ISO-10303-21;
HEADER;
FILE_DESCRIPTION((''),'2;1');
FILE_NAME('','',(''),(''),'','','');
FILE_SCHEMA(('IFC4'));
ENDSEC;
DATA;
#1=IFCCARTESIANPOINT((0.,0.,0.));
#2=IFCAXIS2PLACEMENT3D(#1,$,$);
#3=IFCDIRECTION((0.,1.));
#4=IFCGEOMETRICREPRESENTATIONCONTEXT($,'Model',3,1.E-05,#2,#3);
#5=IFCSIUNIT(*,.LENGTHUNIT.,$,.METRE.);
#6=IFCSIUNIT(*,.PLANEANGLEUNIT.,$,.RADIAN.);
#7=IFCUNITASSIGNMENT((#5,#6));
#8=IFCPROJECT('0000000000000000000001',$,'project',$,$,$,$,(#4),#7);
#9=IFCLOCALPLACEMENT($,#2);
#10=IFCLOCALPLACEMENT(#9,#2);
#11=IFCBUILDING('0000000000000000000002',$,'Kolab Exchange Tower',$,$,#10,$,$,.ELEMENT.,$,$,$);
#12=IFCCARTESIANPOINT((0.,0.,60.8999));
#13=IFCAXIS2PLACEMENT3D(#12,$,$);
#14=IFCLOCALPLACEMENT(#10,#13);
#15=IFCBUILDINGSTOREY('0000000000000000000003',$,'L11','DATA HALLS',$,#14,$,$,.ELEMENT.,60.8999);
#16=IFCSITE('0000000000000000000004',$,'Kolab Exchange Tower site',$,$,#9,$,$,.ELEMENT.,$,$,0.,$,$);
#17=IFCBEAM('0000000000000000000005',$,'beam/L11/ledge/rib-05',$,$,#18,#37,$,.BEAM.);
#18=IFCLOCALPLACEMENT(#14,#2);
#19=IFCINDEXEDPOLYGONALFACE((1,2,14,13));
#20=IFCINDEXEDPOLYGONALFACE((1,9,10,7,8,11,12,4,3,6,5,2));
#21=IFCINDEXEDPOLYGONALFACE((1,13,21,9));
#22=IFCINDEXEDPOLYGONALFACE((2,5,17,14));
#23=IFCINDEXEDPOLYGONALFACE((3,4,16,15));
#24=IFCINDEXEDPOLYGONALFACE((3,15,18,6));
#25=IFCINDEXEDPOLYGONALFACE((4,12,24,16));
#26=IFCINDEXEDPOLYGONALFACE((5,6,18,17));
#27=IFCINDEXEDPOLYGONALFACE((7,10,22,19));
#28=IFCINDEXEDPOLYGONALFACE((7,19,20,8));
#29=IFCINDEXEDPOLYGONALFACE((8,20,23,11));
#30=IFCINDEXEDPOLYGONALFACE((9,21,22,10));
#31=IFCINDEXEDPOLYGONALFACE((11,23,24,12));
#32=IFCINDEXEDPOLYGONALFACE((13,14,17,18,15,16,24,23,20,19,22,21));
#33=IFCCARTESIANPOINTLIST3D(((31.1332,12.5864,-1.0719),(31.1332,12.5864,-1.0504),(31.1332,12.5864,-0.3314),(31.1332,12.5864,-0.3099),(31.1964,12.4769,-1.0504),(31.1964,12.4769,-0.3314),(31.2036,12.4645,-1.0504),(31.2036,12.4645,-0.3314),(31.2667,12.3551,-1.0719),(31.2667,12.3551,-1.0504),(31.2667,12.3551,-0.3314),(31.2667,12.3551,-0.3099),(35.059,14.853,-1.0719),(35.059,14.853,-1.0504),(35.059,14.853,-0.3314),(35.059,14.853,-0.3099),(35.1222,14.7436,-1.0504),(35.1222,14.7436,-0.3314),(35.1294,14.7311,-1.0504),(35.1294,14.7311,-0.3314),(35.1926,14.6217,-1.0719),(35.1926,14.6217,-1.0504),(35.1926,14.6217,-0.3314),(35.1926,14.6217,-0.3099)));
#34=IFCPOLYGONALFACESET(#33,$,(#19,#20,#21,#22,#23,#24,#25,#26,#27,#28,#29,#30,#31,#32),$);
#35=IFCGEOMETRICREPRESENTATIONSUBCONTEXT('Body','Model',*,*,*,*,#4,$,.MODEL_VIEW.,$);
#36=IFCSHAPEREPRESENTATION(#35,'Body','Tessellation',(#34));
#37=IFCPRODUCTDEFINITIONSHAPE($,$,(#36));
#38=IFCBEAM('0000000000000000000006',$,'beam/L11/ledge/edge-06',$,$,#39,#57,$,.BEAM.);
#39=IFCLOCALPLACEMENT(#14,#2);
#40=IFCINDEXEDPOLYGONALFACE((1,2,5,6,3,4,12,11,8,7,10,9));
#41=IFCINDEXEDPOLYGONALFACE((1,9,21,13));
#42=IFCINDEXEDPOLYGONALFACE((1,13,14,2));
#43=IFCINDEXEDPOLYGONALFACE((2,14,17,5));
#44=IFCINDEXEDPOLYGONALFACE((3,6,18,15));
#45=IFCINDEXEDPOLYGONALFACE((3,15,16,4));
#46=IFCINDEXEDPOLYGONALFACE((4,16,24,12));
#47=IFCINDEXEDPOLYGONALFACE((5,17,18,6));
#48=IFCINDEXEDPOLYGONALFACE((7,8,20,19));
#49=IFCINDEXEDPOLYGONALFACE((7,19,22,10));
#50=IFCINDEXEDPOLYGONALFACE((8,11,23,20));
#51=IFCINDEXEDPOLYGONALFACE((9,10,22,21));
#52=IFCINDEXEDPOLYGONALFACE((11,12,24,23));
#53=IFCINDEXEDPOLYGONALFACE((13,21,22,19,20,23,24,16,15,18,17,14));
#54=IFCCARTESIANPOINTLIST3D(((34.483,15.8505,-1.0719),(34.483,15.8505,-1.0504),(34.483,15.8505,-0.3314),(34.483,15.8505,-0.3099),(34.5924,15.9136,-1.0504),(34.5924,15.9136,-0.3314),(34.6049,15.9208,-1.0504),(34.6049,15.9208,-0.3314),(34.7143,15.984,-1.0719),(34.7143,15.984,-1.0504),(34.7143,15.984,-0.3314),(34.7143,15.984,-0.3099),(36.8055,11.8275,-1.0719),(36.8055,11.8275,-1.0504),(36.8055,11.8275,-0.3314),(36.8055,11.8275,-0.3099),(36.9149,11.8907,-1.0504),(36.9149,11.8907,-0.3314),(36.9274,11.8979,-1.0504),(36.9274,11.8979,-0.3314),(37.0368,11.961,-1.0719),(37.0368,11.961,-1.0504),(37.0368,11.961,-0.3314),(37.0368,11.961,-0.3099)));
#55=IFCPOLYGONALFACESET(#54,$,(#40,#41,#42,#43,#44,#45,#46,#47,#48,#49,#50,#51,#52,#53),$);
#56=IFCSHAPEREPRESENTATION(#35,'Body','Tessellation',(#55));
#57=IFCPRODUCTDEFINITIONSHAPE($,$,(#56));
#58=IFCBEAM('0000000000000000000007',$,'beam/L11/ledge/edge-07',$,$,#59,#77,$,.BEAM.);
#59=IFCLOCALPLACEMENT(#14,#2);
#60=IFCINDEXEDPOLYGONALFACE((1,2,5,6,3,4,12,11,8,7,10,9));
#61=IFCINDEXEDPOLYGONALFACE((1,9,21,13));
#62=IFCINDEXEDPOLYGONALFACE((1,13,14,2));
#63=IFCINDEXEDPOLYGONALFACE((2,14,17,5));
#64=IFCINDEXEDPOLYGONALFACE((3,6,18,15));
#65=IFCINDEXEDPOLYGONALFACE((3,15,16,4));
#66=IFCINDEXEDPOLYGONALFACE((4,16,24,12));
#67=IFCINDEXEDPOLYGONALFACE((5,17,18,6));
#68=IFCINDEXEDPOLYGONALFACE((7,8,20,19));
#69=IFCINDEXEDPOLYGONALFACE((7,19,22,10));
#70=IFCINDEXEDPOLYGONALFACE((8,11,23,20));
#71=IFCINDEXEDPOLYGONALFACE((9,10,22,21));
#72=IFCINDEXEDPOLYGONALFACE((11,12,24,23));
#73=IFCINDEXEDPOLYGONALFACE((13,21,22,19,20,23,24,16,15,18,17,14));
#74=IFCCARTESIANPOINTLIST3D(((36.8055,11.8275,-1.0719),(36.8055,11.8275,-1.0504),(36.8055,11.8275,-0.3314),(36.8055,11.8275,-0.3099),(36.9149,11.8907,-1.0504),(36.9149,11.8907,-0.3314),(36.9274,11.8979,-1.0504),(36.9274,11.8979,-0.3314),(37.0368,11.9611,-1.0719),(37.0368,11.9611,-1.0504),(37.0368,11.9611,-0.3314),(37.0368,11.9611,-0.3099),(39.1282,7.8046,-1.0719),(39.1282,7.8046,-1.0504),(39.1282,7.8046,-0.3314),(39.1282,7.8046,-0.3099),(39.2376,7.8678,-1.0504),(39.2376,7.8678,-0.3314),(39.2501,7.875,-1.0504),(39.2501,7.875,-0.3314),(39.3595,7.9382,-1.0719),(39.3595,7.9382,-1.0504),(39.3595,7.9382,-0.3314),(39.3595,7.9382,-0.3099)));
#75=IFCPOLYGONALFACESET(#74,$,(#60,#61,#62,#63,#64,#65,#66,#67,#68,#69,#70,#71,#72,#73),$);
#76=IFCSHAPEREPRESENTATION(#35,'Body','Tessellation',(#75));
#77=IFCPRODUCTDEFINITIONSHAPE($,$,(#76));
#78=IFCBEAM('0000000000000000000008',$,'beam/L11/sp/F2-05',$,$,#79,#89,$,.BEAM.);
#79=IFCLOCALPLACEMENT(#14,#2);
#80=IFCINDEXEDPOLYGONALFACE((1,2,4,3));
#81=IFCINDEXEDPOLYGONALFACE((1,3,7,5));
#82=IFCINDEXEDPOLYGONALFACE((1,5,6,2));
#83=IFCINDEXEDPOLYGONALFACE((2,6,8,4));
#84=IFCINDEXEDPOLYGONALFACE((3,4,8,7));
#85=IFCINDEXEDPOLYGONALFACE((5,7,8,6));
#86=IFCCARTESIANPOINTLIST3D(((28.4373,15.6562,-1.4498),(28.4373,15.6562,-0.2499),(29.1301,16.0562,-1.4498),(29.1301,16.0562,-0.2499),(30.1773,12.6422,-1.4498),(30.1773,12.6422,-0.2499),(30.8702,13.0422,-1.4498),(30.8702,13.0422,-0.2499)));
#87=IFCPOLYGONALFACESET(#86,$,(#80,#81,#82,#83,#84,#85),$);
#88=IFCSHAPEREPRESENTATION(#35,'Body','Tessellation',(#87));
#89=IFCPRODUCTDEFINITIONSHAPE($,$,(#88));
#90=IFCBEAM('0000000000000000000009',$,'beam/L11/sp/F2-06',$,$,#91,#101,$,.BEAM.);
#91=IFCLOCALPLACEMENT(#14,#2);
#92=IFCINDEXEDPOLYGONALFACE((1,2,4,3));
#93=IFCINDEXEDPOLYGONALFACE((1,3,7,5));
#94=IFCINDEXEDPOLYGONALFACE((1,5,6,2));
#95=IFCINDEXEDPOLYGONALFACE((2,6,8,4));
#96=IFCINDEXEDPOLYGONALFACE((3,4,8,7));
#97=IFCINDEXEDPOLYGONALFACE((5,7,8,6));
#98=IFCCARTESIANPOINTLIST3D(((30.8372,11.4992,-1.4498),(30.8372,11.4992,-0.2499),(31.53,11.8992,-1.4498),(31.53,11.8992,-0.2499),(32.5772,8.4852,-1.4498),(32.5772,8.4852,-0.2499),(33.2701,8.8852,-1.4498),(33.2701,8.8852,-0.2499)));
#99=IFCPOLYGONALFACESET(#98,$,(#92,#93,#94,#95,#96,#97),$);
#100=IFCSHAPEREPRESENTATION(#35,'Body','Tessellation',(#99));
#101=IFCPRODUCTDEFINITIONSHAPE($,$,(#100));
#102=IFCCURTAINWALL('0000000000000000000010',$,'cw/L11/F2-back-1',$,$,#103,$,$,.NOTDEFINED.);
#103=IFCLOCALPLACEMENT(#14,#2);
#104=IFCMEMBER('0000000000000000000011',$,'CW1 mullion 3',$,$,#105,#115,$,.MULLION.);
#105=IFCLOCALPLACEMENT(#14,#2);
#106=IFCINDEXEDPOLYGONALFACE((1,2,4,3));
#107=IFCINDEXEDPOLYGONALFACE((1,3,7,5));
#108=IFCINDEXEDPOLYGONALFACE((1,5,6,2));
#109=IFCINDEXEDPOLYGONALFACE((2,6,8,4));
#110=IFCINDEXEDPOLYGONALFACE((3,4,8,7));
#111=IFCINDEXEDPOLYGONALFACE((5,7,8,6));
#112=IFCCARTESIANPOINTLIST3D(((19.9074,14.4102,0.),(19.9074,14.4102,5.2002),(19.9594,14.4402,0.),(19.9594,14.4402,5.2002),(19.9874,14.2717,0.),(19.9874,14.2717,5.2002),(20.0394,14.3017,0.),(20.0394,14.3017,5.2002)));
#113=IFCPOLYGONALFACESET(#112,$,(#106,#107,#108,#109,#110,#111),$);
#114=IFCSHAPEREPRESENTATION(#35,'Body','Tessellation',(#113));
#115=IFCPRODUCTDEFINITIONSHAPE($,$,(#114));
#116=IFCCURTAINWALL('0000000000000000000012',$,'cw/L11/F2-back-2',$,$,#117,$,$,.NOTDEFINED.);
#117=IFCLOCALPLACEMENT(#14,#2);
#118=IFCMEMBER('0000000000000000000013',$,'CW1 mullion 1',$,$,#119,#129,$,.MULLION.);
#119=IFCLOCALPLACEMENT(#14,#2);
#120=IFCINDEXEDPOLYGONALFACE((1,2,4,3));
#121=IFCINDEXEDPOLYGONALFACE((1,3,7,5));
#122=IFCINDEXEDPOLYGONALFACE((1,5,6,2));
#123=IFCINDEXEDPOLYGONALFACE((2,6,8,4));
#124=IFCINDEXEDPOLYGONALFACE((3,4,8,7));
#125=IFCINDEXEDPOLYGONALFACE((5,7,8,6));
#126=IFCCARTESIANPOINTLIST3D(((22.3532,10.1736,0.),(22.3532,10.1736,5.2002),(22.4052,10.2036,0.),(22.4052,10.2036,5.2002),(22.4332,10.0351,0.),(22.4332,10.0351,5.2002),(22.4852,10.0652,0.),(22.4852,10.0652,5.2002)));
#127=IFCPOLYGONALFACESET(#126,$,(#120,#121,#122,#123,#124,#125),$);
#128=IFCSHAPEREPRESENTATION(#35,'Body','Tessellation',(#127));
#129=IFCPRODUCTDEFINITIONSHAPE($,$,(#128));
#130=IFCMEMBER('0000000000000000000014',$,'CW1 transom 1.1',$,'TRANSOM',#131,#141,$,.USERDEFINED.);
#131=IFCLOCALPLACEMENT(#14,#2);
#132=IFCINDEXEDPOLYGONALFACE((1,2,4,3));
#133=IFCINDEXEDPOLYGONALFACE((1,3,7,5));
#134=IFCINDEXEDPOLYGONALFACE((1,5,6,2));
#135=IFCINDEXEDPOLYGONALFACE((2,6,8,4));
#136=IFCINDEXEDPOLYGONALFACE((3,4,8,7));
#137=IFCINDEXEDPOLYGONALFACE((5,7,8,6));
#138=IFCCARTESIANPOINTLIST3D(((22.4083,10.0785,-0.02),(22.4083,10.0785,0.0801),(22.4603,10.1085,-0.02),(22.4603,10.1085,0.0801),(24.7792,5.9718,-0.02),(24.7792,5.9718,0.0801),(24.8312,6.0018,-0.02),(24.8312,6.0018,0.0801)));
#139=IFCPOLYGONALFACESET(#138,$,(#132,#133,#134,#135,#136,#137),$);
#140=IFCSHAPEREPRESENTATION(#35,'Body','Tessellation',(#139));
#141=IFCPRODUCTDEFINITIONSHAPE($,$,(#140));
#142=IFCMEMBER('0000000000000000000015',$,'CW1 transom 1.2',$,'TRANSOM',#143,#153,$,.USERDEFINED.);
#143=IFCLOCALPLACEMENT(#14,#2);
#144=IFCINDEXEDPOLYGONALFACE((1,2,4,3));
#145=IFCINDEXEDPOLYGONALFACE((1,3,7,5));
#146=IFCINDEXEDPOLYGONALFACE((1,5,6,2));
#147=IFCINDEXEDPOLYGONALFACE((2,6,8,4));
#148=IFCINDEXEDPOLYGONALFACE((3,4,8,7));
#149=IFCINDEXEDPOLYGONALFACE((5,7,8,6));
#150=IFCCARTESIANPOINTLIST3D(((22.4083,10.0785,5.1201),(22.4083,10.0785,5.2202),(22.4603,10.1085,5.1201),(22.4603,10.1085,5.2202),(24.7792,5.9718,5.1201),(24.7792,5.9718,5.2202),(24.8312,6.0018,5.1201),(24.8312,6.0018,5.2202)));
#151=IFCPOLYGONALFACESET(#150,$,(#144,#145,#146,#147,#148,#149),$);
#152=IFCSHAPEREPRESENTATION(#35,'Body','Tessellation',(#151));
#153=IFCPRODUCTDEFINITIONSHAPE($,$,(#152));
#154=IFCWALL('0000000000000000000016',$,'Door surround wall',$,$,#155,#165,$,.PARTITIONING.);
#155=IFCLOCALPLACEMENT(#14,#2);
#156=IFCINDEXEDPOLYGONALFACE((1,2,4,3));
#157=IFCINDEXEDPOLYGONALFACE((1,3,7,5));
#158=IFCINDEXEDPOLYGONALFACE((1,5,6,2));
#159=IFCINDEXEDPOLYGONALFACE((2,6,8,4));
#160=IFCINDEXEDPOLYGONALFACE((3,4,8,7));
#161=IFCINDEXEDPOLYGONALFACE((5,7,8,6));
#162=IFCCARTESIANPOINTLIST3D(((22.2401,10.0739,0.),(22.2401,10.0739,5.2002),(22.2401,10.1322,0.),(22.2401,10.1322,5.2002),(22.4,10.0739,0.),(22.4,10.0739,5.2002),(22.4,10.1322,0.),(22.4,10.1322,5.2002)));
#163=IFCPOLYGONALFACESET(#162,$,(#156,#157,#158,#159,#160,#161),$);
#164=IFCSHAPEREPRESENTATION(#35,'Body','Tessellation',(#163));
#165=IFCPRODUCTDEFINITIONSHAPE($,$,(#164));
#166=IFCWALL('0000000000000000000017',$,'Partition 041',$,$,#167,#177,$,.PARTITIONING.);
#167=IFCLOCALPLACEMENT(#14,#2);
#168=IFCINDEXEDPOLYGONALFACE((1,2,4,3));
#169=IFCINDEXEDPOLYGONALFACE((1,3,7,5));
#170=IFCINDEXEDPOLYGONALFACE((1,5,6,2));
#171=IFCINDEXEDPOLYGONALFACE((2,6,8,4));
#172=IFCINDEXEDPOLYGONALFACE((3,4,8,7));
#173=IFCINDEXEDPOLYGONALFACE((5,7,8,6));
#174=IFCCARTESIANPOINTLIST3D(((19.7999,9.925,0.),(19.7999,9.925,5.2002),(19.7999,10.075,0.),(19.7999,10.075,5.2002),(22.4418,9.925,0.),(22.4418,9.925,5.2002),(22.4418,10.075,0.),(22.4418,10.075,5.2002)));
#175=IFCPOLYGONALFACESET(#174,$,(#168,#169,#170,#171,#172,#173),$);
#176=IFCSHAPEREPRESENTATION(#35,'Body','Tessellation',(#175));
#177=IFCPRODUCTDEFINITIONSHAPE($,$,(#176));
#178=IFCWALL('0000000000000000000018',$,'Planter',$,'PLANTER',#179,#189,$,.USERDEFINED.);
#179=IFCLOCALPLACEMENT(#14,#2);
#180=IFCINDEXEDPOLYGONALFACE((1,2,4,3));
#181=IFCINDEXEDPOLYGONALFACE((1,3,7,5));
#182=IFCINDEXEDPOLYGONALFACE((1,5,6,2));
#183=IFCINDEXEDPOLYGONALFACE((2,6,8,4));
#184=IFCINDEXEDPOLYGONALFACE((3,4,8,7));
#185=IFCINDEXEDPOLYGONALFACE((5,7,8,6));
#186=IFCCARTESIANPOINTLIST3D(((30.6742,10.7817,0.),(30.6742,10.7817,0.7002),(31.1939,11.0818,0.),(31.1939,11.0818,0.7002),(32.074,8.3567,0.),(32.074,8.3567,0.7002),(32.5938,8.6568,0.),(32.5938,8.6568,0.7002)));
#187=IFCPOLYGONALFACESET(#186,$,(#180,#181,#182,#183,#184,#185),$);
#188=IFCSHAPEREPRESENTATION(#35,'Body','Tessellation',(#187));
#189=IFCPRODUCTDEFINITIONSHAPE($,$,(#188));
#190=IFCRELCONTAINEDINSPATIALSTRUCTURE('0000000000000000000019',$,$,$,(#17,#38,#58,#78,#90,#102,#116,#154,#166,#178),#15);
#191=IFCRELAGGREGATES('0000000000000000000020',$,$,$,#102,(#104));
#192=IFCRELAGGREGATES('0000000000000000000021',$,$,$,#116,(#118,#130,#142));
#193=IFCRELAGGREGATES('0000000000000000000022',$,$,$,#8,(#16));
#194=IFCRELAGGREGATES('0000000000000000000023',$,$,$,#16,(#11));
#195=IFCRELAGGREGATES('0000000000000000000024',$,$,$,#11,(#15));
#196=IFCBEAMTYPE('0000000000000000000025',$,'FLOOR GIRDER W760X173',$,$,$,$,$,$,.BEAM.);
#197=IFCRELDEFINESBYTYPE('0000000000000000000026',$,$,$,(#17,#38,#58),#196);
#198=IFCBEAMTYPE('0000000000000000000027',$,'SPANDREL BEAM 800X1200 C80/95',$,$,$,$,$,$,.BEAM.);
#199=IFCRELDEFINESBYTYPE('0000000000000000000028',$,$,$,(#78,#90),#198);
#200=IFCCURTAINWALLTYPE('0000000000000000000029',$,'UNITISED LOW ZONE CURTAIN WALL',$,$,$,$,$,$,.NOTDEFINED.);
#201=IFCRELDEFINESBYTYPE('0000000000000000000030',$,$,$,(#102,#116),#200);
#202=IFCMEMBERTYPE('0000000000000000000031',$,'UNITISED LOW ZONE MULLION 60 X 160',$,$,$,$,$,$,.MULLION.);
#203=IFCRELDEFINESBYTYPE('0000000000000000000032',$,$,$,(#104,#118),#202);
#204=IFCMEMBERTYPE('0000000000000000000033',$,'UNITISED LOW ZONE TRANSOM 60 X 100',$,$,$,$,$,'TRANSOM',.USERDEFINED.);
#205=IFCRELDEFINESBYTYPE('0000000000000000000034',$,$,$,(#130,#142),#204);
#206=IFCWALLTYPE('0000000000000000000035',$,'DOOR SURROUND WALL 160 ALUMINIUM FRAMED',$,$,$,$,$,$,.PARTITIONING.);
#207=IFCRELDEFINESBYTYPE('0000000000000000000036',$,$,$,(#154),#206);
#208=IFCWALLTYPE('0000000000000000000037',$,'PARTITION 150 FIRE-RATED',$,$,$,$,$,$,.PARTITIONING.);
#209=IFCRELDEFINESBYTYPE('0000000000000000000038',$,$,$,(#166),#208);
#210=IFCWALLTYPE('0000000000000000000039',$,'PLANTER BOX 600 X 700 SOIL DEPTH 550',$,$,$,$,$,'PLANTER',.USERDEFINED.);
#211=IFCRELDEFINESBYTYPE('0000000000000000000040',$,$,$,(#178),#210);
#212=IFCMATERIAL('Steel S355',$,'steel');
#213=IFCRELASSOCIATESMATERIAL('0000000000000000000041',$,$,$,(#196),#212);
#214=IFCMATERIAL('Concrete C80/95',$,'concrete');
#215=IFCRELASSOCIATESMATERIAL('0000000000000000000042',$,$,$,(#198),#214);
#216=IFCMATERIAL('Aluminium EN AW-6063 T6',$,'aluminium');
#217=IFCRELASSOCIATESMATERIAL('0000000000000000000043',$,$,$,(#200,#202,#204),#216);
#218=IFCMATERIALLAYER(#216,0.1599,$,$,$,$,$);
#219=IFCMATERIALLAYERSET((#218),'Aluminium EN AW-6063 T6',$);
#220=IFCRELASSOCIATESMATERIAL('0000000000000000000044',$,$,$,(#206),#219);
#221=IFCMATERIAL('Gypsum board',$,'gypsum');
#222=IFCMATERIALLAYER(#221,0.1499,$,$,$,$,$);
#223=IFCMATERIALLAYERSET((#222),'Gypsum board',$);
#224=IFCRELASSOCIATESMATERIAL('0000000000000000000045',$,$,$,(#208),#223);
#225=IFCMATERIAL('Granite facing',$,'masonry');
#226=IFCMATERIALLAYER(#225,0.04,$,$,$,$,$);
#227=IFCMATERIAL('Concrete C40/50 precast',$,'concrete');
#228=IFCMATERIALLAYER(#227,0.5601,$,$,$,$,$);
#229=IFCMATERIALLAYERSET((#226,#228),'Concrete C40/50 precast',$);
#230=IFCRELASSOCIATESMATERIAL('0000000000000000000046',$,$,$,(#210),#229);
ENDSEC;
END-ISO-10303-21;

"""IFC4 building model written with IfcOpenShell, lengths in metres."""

from ifc_helpers import new_model, si_unit, direction, frame, frame_2d, origin, origin_2d, place, context, subcontext, project, spatial, rectangle, i_section, extrude, material, layer, layer_set, material_profile, profile_set, type_object, element, aggregate, save


model = new_model("IFC4")

# Units and contexts
model_context = context("Model", 3, precision=1e-05, world=origin(), true_north=direction((0.0, 1.0)))
body_context = subcontext(model_context, "Body", "Model", "MODEL_VIEW")
ifc_project = project(units=[si_unit("LENGTHUNIT", "METRE"), si_unit("PLANEANGLEUNIT", "RADIAN")], contexts=[model_context])

# Site, building, storey
site_placement = place(None, origin())
site = spatial("IfcSite", under=ifc_project, at=site_placement, Name="Kolab Exchange Tower site", CompositionType="ELEMENT", RefElevation=0.0)
building_placement = place(site_placement, origin())
building = spatial("IfcBuilding", under=site, at=building_placement, Name="Kolab Exchange Tower", CompositionType="ELEMENT")
storey_placement = place(building_placement, frame((0.0, 0.0, 60.8999)))
storey = spatial("IfcBuildingStorey", under=building, at=storey_placement, Name="L11", Description="DATA HALLS", CompositionType="ELEMENT", Elevation=60.8999)

# Shared definitions
ifc_material_1 = material(Name="Concrete C80/95", Category="concrete")

# Beams
ifc_material_2 = material(Name="Steel S355", Category="steel")
ifc_material_profile_1 = material_profile(ifc_material_2, i_section(OverallWidth=0.2671, OverallDepth=0.762, WebThickness=0.0144, FlangeThickness=0.0215, at=origin_2d()), Name="W760X173")
ifc_profile_set_1 = profile_set([ifc_material_profile_1], Name="Steel S355")
beam_type_1 = type_object("IfcBeamType", Name="FLOOR GIRDER W760X173", PredefinedType="BEAM", material=ifc_profile_set_1)
beam_1_placement = place(storey_placement, frame((31.2, 12.4707, -0.6909), z_axis=(0.866021, 0.500008, 0.0), x_axis=(-0.500008, 0.866021, 0.0)))
element("IfcBeam", 1, at=beam_1_placement, inside=storey, type_object=beam_type_1, Name="beam/L11/ledge/rib-05", PredefinedType="BEAM", context=body_context, shape_type="SweptSolid", body=[
    extrude(i_section(OverallWidth=0.2671, OverallDepth=0.762, WebThickness=0.0144, FlangeThickness=0.0215, at=origin_2d()), origin(), (0.0, 0.0, 1.0), 4.5332),
])
for number, where, z_axis, x_axis, name in (
    (2, (34.5986, 15.9172, -0.6909), (0.499977, -0.866039, 0.0), (0.866039, 0.499977, 0.0), "beam/L11/ledge/edge-06"),
    (3, (36.9211, 11.8943, -0.6909), (0.500017, -0.866016, 0.0), (0.866016, 0.500017, 0.0), "beam/L11/ledge/edge-07"),
):
    element("IfcBeam", number, at=place(storey_placement, frame(where, z_axis=z_axis, x_axis=x_axis)), inside=storey, type_object=beam_type_1, Name=name, PredefinedType="BEAM", context=body_context, shape_type="SweptSolid", body=[
        extrude(i_section(OverallWidth=0.2671, OverallDepth=0.762, WebThickness=0.0144, FlangeThickness=0.0215, at=origin_2d()), origin(), (0.0, 0.0, 1.0), 4.6453),
    ])
ifc_material_profile_2 = material_profile(ifc_material_1, rectangle(XDim=0.8, YDim=1.2, at=origin_2d()), Name="RC800X1200")
ifc_profile_set_2 = profile_set([ifc_material_profile_2], Name="Concrete C80/95")
beam_type_2 = type_object("IfcBeamType", Name="SPANDREL BEAM 800X1200 C80/95", PredefinedType="BEAM", material=ifc_profile_set_2)
for number, where, z_axis, x_axis, name in (
    (4, (28.7837, 15.8562, -0.8499), (0.49998, -0.866037, 0.0), (0.866037, 0.49998, 0.0), "beam/L11/sp/F2-05"),
    (5, (31.1836, 11.6992, -0.8499), (0.49998, -0.866037, 0.0), (0.866037, 0.49998, 0.0), "beam/L11/sp/F2-06"),
):
    element("IfcBeam", number, at=place(storey_placement, frame(where, z_axis=z_axis, x_axis=x_axis)), inside=storey, type_object=beam_type_2, Name=name, PredefinedType="BEAM", context=body_context, shape_type="SweptSolid", body=[
        extrude(rectangle(XDim=0.8, YDim=1.2, at=origin_2d()), origin(), (0.0, 0.0, 1.0), 3.4802),
    ])

# Curtain wall, member
ifc_material_3 = material(Name="Aluminium EN AW-6063 T6", Category="aluminium")
curtain_wall_type = type_object("IfcCurtainWallType", Name="UNITISED LOW ZONE CURTAIN WALL", PredefinedType="NOTDEFINED", material=ifc_material_3)
curtain_wall_1_placement = place(storey_placement, origin())
curtain_wall_1 = element("IfcCurtainWall", 6, at=curtain_wall_1_placement, inside=storey, type_object=curtain_wall_type, Name="cw/L11/F2-back-1", PredefinedType="NOTDEFINED")
ifc_material_profile_3 = material_profile(ifc_material_3, rectangle(XDim=0.0601, YDim=0.1599, at=origin_2d()), Name="RECT 60X160")
ifc_profile_set_3 = profile_set([ifc_material_profile_3], Name="Aluminium EN AW-6063 T6")
member_type_1 = type_object("IfcMemberType", Name="UNITISED LOW ZONE MULLION 60 X 160", PredefinedType="MULLION", material=ifc_profile_set_3)
member_1_placement = place(storey_placement, frame((19.9734, 14.356, 0.0), z_axis=(0.0, 0.0, 1.0), x_axis=(0.866025, 0.5, 0.0)))
member_1 = element("IfcMember", 7, at=member_1_placement, type_object=member_type_1, Name="CW1 mullion 3", PredefinedType="MULLION", context=body_context, shape_type="SweptSolid", body=[
    extrude(rectangle(XDim=0.0601, YDim=0.1599, at=origin_2d()), origin(), (0.0, 0.0, 1.0), 5.2002),
])
aggregate(curtain_wall_1, [member_1])

# Curtain wall, members
curtain_wall_2_placement = place(storey_placement, origin())
curtain_wall_2 = element("IfcCurtainWall", 8, at=curtain_wall_2_placement, inside=storey, type_object=curtain_wall_type, Name="cw/L11/F2-back-2", PredefinedType="NOTDEFINED")
member_2_placement = place(storey_placement, frame((22.4192, 10.1194, 0.0), z_axis=(0.0, 0.0, 1.0), x_axis=(0.866025, 0.5, 0.0)))
member_2 = element("IfcMember", 9, at=member_2_placement, type_object=member_type_1, Name="CW1 mullion 1", PredefinedType="MULLION", context=body_context, shape_type="SweptSolid", body=[
    extrude(rectangle(XDim=0.0601, YDim=0.1599, at=origin_2d()), origin(), (0.0, 0.0, 1.0), 5.2002),
])
ifc_material_profile_4 = material_profile(ifc_material_3, rectangle(XDim=0.0601, YDim=0.1001, at=origin_2d()), Name="RECT 60X100")
ifc_profile_set_4 = profile_set([ifc_material_profile_4], Name="Aluminium EN AW-6063 T6")
member_type_2 = type_object("IfcMemberType", Name="UNITISED LOW ZONE TRANSOM 60 X 100", ElementType="TRANSOM", PredefinedType="USERDEFINED", material=ifc_profile_set_4)
member_3_placement = place(storey_placement, frame((22.4343, 10.0935, 0.03), z_axis=(0.499976, -0.866039, 0.0), x_axis=(0.866039, 0.499976, 0.0)))
member_3 = element("IfcMember", 10, at=member_3_placement, type_object=member_type_2, Name="CW1 transom 1.1", ObjectType="TRANSOM", PredefinedType="USERDEFINED", context=body_context, shape_type="SweptSolid", body=[
    extrude(rectangle(XDim=0.0601, YDim=0.1001, at=origin_2d()), origin(), (0.0, 0.0, 1.0), 4.7419),
])
member_4_placement = place(storey_placement, frame((22.4343, 10.0935, 5.1702), z_axis=(0.499976, -0.866039, 0.0), x_axis=(0.866039, 0.499976, 0.0)))
member_4 = element("IfcMember", 11, at=member_4_placement, type_object=member_type_2, Name="CW1 transom 1.2", ObjectType="TRANSOM", PredefinedType="USERDEFINED", context=body_context, shape_type="SweptSolid", body=[
    extrude(rectangle(XDim=0.0601, YDim=0.1001, at=origin_2d()), origin(), (0.0, 0.0, 1.0), 4.7419),
])
aggregate(curtain_wall_2, [member_2, member_3, member_4])

# Shared definitions
ifc_layer_1 = layer(ifc_material_3, 0.1599)
ifc_layer_set_1 = layer_set([ifc_layer_1], Name="Aluminium EN AW-6063 T6")
wall_type_1 = type_object("IfcWallType", Name="DOOR SURROUND WALL 160 ALUMINIUM FRAMED", PredefinedType="PARTITIONING", material=ifc_layer_set_1)

# Walls
wall_1_placement = place(storey_placement, frame((22.3201, 10.1323, 0.0), z_axis=(0.0, 0.0, 1.0), x_axis=(0.0, -1.0, 0.0)))
element("IfcWall", 12, at=wall_1_placement, inside=storey, type_object=wall_type_1, Name="Door surround wall", PredefinedType="PARTITIONING", context=body_context, shape_type="SweptSolid", body=[
    extrude(rectangle(XDim=0.0583, YDim=0.1599, at=frame_2d((0.0293, 0.0))), origin(), (0.0, 0.0, 1.0), 5.2002),
])
ifc_material_4 = material(Name="Gypsum board", Category="gypsum")
ifc_layer_2 = layer(ifc_material_4, 0.1499)
ifc_layer_set_2 = layer_set([ifc_layer_2], Name="Gypsum board")
wall_type_2 = type_object("IfcWallType", Name="PARTITION 150 FIRE-RATED", PredefinedType="PARTITIONING", material=ifc_layer_set_2)
wall_2_placement = place(storey_placement, frame((19.8, 10.0, 0.0), z_axis=(0.0, 0.0, 1.0), x_axis=(1.0, 0.0, 0.0)))
element("IfcWall", 13, at=wall_2_placement, inside=storey, type_object=wall_type_2, Name="Partition 041", PredefinedType="PARTITIONING", context=body_context, shape_type="SweptSolid", body=[
    extrude(rectangle(XDim=2.6418, YDim=0.1499, at=frame_2d((1.3208, 0.0))), origin(), (0.0, 0.0, 1.0), 5.2002),
])
ifc_material_5 = material(Name="Granite facing", Category="masonry")
ifc_layer_3 = layer(ifc_material_5, 0.04)
ifc_material_6 = material(Name="Concrete C40/50 precast", Category="concrete")
ifc_layer_4 = layer(ifc_material_6, 0.5601)
ifc_layer_set_3 = layer_set([ifc_layer_3, ifc_layer_4], Name="Concrete C40/50 precast")
wall_type_3 = type_object("IfcWallType", Name="PLANTER BOX 600 X 700 SOIL DEPTH 550", ElementType="PLANTER", PredefinedType="USERDEFINED", material=ifc_layer_set_3)
wall_3_placement = place(storey_placement, frame((30.9341, 10.9316, 0.0), z_axis=(0.0, 0.0, 1.0), x_axis=(0.499946, -0.866056, 0.0)))
element("IfcWall", 14, at=wall_3_placement, inside=storey, type_object=wall_type_3, Name="Planter", ObjectType="PLANTER", PredefinedType="USERDEFINED", context=body_context, shape_type="SweptSolid", body=[
    extrude(rectangle(XDim=2.8, YDim=0.6001, at=frame_2d((1.3999, 0.0))), origin(), (0.0, 0.0, 1.0), 0.7002),
])

save(model, "model.ifc")
